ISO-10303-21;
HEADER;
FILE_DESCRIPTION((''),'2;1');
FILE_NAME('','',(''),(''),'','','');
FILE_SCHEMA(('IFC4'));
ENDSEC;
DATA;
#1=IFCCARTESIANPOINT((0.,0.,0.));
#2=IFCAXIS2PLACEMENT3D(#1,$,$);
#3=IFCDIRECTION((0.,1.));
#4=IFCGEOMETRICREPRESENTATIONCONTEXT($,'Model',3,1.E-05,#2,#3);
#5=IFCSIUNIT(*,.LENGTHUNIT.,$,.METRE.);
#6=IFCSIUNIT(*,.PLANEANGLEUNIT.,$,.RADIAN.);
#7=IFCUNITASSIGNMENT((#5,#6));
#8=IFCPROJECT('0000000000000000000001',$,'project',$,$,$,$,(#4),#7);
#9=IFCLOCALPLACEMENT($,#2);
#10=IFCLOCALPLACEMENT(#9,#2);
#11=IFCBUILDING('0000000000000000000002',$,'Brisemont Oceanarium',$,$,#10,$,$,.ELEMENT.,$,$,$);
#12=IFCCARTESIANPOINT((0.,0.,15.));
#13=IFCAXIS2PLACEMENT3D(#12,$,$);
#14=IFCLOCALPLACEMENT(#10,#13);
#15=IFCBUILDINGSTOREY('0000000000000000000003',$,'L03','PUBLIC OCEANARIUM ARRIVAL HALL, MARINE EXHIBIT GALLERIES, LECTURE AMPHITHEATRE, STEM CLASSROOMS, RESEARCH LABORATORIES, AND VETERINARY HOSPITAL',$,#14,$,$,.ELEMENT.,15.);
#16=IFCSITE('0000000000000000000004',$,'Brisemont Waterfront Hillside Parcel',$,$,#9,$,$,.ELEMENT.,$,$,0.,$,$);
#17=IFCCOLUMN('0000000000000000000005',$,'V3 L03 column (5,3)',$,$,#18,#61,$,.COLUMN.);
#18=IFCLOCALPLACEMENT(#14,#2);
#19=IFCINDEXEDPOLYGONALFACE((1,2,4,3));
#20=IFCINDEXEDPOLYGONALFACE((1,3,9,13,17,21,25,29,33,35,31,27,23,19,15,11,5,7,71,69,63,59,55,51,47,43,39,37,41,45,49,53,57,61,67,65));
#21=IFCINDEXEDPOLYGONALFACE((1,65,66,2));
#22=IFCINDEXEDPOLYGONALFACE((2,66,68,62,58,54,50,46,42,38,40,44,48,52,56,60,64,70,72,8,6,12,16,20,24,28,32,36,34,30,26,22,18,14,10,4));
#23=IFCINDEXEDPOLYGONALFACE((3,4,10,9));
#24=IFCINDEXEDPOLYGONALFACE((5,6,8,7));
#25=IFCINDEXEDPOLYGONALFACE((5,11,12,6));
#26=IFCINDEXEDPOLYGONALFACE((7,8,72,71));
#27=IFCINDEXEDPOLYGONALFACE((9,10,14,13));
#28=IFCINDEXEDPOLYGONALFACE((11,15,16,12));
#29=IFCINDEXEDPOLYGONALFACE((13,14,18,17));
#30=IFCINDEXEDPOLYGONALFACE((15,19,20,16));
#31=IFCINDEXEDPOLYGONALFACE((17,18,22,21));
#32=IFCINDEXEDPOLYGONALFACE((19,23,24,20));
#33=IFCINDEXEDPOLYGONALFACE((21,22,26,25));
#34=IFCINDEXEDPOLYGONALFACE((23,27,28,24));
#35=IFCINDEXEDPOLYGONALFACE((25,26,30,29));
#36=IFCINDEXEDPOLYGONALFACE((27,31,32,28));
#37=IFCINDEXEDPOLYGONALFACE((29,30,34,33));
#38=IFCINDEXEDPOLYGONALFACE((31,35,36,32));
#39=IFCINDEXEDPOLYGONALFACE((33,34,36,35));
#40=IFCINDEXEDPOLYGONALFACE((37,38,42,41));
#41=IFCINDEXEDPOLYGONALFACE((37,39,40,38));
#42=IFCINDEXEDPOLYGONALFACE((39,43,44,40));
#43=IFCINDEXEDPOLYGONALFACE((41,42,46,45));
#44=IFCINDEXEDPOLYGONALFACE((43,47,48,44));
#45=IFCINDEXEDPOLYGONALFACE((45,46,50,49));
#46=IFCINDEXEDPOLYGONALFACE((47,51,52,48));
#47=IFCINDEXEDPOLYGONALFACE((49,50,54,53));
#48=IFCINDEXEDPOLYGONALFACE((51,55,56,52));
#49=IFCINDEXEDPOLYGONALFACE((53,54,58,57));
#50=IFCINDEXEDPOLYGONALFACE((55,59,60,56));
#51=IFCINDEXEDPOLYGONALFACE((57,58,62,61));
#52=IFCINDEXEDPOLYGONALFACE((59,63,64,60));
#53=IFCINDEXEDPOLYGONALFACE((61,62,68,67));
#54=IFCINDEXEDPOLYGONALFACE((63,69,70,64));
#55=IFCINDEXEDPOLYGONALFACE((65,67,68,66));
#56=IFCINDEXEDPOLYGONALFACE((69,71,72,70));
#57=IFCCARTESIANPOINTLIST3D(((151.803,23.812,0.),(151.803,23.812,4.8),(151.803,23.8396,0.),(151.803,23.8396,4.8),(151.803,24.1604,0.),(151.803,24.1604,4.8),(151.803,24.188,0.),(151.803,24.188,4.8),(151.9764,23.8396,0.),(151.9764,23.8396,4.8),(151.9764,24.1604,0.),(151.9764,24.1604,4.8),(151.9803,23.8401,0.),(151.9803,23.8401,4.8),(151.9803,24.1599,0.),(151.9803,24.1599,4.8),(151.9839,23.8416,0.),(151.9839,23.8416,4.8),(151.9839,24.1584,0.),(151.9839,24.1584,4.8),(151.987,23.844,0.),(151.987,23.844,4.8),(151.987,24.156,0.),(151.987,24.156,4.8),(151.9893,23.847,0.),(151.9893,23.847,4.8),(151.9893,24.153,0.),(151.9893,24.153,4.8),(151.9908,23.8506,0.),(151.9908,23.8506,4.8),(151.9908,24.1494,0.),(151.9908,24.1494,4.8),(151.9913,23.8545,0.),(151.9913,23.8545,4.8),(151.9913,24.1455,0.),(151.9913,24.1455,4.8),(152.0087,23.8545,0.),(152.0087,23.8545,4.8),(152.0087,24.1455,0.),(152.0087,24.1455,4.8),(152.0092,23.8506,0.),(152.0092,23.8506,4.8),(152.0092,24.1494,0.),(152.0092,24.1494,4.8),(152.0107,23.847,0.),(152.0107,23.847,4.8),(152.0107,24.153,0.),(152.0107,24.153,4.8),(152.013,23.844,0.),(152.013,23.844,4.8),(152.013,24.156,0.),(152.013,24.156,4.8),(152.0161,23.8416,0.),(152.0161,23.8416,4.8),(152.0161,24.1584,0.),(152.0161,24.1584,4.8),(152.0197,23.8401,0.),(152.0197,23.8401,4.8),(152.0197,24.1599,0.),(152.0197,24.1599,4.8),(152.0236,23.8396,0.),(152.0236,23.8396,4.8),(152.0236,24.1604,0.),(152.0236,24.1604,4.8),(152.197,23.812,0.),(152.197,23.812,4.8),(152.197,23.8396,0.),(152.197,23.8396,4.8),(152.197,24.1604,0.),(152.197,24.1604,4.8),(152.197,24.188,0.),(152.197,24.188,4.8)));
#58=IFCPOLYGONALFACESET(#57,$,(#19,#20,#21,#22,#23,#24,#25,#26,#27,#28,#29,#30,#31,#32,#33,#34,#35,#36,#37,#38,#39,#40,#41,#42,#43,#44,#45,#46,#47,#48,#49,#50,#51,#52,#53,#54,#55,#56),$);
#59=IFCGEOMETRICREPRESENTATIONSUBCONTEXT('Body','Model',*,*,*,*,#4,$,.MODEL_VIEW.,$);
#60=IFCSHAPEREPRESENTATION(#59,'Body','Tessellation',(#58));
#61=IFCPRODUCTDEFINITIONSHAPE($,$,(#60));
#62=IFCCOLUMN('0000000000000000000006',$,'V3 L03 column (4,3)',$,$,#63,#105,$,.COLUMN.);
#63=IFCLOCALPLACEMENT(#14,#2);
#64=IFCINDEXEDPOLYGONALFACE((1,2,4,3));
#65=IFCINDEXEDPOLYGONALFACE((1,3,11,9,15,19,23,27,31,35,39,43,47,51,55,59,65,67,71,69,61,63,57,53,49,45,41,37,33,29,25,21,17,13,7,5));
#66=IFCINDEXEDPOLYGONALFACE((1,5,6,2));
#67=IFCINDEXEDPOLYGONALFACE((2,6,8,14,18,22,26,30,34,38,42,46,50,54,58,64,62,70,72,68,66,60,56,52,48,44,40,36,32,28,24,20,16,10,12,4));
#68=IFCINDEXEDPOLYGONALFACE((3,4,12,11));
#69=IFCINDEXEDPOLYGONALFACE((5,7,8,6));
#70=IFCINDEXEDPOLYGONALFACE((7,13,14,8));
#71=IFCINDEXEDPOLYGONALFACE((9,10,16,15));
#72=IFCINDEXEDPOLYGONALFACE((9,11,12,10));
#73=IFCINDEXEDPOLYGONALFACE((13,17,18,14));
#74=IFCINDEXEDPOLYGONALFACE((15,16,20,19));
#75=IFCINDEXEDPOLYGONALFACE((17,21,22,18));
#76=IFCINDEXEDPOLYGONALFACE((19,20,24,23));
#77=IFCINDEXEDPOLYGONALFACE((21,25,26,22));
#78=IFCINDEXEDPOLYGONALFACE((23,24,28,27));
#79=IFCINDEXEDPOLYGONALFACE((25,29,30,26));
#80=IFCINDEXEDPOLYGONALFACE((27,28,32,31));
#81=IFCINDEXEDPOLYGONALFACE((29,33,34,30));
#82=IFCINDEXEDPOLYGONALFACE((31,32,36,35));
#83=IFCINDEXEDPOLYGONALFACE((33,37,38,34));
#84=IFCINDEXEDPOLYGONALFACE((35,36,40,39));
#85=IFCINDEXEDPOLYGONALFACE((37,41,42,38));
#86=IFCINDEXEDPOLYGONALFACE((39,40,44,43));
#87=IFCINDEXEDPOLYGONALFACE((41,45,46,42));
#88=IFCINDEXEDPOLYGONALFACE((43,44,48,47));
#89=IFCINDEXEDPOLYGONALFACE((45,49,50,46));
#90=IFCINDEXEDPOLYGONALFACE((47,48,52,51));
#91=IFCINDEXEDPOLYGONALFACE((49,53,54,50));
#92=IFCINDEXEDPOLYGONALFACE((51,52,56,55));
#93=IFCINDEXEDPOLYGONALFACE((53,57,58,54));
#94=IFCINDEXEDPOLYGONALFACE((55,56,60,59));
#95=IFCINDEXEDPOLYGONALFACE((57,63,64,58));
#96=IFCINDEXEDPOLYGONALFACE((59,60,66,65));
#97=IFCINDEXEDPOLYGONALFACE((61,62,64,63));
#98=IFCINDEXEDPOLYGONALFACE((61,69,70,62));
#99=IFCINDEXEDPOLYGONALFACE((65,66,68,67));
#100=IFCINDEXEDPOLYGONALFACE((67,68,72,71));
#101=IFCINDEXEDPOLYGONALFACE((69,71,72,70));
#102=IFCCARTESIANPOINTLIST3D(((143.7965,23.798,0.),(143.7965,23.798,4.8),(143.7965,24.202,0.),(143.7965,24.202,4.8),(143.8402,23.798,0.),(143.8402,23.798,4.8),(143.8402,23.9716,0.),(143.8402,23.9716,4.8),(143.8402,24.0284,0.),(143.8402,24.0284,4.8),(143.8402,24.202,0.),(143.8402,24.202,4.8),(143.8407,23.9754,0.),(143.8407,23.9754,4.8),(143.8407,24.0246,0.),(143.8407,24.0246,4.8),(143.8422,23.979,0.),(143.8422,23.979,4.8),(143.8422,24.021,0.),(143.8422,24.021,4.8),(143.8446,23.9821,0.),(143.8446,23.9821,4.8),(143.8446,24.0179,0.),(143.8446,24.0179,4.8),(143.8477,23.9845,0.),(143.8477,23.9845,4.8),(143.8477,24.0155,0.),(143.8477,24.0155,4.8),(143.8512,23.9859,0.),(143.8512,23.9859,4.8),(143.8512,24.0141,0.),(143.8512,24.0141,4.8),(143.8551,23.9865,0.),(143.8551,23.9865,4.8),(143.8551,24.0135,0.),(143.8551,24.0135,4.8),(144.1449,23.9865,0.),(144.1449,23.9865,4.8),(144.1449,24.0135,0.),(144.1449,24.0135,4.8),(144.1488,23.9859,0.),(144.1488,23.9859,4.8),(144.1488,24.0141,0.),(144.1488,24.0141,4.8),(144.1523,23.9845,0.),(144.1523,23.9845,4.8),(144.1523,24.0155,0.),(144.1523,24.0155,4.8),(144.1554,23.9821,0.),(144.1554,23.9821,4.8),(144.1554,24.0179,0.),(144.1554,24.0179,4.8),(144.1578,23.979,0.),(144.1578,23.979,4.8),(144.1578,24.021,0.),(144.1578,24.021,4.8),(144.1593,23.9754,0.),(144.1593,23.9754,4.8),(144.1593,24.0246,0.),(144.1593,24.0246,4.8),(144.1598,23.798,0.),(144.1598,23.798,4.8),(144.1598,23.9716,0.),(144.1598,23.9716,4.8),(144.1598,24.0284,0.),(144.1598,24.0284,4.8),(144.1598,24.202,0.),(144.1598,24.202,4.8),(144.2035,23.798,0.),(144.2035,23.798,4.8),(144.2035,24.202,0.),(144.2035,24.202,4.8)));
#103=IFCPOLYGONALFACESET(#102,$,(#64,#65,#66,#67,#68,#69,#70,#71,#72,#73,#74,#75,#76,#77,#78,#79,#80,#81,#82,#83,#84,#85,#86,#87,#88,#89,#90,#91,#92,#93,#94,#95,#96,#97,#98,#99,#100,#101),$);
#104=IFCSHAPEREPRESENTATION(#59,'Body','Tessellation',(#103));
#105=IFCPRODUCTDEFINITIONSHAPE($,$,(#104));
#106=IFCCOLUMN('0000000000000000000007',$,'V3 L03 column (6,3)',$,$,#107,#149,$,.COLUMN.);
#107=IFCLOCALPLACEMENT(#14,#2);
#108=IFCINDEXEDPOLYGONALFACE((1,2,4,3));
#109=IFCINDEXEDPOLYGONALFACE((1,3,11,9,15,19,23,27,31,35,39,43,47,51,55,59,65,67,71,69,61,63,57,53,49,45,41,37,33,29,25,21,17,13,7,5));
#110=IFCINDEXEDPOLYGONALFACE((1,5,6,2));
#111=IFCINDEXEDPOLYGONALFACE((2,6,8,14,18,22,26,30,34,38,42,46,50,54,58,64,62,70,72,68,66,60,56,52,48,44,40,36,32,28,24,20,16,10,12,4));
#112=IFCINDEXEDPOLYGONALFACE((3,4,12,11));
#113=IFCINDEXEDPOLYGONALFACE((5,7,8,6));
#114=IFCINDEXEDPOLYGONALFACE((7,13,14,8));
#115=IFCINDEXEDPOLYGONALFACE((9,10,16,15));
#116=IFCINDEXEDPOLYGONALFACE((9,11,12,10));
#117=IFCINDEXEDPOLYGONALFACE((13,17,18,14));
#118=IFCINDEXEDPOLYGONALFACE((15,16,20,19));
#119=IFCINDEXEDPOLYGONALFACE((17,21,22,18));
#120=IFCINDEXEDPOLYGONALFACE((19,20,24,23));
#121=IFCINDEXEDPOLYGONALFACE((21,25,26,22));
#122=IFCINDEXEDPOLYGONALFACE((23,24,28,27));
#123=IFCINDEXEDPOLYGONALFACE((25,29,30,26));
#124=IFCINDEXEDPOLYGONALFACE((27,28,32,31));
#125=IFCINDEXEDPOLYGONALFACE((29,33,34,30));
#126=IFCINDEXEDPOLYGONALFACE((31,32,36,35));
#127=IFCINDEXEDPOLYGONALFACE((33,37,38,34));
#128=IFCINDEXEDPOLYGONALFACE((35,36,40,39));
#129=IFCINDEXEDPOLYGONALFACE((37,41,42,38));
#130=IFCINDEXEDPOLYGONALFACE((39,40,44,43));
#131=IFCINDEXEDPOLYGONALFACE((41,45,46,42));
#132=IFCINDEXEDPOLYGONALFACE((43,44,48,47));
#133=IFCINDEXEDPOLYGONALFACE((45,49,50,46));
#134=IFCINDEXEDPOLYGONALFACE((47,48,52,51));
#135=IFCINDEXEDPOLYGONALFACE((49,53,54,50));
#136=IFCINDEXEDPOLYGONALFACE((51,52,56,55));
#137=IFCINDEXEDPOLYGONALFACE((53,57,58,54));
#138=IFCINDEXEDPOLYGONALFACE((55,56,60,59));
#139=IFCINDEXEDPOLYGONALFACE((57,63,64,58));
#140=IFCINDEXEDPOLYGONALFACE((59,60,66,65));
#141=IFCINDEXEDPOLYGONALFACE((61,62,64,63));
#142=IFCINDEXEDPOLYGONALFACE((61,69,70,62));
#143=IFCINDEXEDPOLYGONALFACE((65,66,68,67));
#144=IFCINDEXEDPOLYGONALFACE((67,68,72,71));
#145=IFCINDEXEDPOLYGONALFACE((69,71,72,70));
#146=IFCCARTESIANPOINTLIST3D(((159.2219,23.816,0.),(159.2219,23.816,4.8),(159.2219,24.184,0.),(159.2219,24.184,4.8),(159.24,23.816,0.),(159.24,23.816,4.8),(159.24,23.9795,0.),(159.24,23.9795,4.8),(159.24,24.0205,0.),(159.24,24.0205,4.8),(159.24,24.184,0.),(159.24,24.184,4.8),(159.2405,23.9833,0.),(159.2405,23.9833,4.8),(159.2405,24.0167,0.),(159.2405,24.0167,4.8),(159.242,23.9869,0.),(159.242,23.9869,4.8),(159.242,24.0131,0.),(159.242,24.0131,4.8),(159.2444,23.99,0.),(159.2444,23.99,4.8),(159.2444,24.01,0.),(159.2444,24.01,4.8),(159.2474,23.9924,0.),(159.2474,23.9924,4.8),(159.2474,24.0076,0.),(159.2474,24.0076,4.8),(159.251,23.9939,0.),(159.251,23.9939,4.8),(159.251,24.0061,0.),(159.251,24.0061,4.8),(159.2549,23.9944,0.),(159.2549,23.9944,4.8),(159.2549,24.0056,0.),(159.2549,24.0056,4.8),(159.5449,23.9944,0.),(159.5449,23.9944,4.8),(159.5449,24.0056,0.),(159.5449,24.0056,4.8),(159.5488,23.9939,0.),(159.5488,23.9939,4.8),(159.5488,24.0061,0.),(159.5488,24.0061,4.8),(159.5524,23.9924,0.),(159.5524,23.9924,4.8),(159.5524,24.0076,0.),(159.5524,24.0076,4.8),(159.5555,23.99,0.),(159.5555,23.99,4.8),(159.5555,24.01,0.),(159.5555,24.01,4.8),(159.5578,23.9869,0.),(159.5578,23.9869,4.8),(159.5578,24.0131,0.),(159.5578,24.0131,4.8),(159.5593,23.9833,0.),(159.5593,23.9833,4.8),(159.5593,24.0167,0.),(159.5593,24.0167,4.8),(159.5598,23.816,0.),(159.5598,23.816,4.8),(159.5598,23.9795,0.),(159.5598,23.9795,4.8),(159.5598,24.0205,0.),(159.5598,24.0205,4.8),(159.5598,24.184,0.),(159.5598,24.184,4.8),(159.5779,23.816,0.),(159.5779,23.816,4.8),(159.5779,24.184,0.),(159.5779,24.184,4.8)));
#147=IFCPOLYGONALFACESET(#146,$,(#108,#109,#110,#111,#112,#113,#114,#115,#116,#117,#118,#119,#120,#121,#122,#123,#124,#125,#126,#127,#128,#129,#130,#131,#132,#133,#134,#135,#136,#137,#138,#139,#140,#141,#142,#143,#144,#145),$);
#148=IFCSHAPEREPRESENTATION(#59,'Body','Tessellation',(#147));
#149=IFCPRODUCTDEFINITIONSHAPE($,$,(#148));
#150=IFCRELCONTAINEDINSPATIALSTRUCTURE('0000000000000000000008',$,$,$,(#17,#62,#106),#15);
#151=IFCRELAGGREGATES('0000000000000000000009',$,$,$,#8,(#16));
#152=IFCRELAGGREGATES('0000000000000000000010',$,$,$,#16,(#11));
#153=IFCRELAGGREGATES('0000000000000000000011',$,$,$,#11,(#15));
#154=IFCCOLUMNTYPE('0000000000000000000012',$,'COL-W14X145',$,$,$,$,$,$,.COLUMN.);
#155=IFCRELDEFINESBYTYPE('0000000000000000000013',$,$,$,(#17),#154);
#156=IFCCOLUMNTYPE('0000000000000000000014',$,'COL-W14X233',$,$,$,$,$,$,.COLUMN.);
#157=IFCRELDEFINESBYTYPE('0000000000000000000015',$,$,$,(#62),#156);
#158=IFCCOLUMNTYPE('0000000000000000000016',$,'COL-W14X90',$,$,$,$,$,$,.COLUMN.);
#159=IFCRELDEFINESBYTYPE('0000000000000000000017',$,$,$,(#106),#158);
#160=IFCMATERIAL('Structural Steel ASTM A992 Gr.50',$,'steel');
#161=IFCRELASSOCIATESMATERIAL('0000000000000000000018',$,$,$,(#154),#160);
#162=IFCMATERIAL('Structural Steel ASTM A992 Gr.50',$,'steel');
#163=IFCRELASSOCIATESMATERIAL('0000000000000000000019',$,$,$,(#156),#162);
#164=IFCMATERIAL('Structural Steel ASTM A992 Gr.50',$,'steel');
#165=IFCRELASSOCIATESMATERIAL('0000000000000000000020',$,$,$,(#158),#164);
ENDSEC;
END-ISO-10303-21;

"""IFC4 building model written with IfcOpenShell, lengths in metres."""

from ifc_helpers import new_model, si_unit, direction, frame, origin, origin_2d, place, context, subcontext, project, spatial, i_section, extrude, material, material_profile, profile_set, type_object, element, save


model = new_model("IFC4")

# Units and contexts
model_context = context("Model", 3, precision=1e-05, world=origin(), true_north=direction((0.0, 1.0)))
body_context = subcontext(model_context, "Body", "Model", "MODEL_VIEW")
ifc_project = project(units=[si_unit("LENGTHUNIT", "METRE"), si_unit("PLANEANGLEUNIT", "RADIAN")], contexts=[model_context])

# Site, building, storey
site_placement = place(None, origin())
site = spatial("IfcSite", under=ifc_project, at=site_placement, Name="Brisemont Waterfront Hillside Parcel", CompositionType="ELEMENT", RefElevation=0.0)
building_placement = place(site_placement, origin())
building = spatial("IfcBuilding", under=site, at=building_placement, Name="Brisemont Oceanarium", CompositionType="ELEMENT")
storey_placement = place(building_placement, frame((0.0, 0.0, 15.0)))
storey = spatial("IfcBuildingStorey", under=building, at=storey_placement, Name="L03", Description="PUBLIC OCEANARIUM ARRIVAL HALL, MARINE EXHIBIT GALLERIES, LECTURE AMPHITHEATRE, STEM CLASSROOMS, RESEARCH LABORATORIES, AND VETERINARY HOSPITAL", CompositionType="ELEMENT", Elevation=15.0)

# Columns
ifc_material_1 = material(Name="Structural Steel ASTM A992 Gr.50", Category="steel")
ifc_material_profile_1 = material_profile(ifc_material_1, i_section(OverallWidth=0.394, OverallDepth=0.376, WebThickness=0.0173, FlangeThickness=0.0276, FilletRadius=0.0149, at=origin_2d()), Name="W14X145")
ifc_profile_set_1 = profile_set([ifc_material_profile_1], Name="Structural Steel ASTM A992 Gr.50")
column_type_1 = type_object("IfcColumnType", Name="COL-W14X145", PredefinedType="COLUMN", material=ifc_profile_set_1)
column_1_placement = place(storey_placement, frame((152.0, 24.0, 0.0), z_axis=(0.0, 0.0, 1.0), x_axis=(1.0, 0.0, 0.0)))
element("IfcColumn", 1, at=column_1_placement, inside=storey, type_object=column_type_1, Name="V3 L03 column (5,3)", PredefinedType="COLUMN", context=body_context, shape_type="SweptSolid", body=[
    extrude(i_section(OverallWidth=0.394, OverallDepth=0.376, WebThickness=0.0173, FlangeThickness=0.0276, FilletRadius=0.0149, at=origin_2d()), origin(), (0.0, 0.0, 1.0), 4.8),
])
ifc_material_2 = material(Name="Structural Steel ASTM A992 Gr.50", Category="steel")
ifc_material_profile_2 = material_profile(ifc_material_2, i_section(OverallWidth=0.4041, OverallDepth=0.407, WebThickness=0.0271, FlangeThickness=0.0437, FilletRadius=0.0149, at=origin_2d()), Name="W14X233")
ifc_profile_set_2 = profile_set([ifc_material_profile_2], Name="Structural Steel ASTM A992 Gr.50")
column_type_2 = type_object("IfcColumnType", Name="COL-W14X233", PredefinedType="COLUMN", material=ifc_profile_set_2)
column_2_placement = place(storey_placement, frame((144.0, 24.0, 0.0), z_axis=(0.0, 0.0, 1.0), x_axis=(0.0, 1.0, 0.0)))
element("IfcColumn", 2, at=column_2_placement, inside=storey, type_object=column_type_2, Name="V3 L03 column (4,3)", PredefinedType="COLUMN", context=body_context, shape_type="SweptSolid", body=[
    extrude(i_section(OverallWidth=0.4041, OverallDepth=0.407, WebThickness=0.0271, FlangeThickness=0.0437, FilletRadius=0.0149, at=origin_2d()), origin(), (0.0, 0.0, 1.0), 4.8),
])
ifc_material_3 = material(Name="Structural Steel ASTM A992 Gr.50", Category="steel")
ifc_material_profile_3 = material_profile(ifc_material_3, i_section(OverallWidth=0.3679, OverallDepth=0.356, WebThickness=0.0112, FlangeThickness=0.0181, FilletRadius=0.0149, at=origin_2d()), Name="W14X90")
ifc_profile_set_3 = profile_set([ifc_material_profile_3], Name="Structural Steel ASTM A992 Gr.50")
column_type_3 = type_object("IfcColumnType", Name="COL-W14X90", PredefinedType="COLUMN", material=ifc_profile_set_3)
column_3_placement = place(storey_placement, frame((159.3999, 24.0, 0.0), z_axis=(0.0, 0.0, 1.0), x_axis=(0.0, 1.0, 0.0)))
element("IfcColumn", 3, at=column_3_placement, inside=storey, type_object=column_type_3, Name="V3 L03 column (6,3)", PredefinedType="COLUMN", context=body_context, shape_type="SweptSolid", body=[
    extrude(i_section(OverallWidth=0.3679, OverallDepth=0.356, WebThickness=0.0112, FlangeThickness=0.0181, FilletRadius=0.0149, at=origin_2d()), origin(), (0.0, 0.0, 1.0), 4.8),
])

save(model, "model.ifc")
